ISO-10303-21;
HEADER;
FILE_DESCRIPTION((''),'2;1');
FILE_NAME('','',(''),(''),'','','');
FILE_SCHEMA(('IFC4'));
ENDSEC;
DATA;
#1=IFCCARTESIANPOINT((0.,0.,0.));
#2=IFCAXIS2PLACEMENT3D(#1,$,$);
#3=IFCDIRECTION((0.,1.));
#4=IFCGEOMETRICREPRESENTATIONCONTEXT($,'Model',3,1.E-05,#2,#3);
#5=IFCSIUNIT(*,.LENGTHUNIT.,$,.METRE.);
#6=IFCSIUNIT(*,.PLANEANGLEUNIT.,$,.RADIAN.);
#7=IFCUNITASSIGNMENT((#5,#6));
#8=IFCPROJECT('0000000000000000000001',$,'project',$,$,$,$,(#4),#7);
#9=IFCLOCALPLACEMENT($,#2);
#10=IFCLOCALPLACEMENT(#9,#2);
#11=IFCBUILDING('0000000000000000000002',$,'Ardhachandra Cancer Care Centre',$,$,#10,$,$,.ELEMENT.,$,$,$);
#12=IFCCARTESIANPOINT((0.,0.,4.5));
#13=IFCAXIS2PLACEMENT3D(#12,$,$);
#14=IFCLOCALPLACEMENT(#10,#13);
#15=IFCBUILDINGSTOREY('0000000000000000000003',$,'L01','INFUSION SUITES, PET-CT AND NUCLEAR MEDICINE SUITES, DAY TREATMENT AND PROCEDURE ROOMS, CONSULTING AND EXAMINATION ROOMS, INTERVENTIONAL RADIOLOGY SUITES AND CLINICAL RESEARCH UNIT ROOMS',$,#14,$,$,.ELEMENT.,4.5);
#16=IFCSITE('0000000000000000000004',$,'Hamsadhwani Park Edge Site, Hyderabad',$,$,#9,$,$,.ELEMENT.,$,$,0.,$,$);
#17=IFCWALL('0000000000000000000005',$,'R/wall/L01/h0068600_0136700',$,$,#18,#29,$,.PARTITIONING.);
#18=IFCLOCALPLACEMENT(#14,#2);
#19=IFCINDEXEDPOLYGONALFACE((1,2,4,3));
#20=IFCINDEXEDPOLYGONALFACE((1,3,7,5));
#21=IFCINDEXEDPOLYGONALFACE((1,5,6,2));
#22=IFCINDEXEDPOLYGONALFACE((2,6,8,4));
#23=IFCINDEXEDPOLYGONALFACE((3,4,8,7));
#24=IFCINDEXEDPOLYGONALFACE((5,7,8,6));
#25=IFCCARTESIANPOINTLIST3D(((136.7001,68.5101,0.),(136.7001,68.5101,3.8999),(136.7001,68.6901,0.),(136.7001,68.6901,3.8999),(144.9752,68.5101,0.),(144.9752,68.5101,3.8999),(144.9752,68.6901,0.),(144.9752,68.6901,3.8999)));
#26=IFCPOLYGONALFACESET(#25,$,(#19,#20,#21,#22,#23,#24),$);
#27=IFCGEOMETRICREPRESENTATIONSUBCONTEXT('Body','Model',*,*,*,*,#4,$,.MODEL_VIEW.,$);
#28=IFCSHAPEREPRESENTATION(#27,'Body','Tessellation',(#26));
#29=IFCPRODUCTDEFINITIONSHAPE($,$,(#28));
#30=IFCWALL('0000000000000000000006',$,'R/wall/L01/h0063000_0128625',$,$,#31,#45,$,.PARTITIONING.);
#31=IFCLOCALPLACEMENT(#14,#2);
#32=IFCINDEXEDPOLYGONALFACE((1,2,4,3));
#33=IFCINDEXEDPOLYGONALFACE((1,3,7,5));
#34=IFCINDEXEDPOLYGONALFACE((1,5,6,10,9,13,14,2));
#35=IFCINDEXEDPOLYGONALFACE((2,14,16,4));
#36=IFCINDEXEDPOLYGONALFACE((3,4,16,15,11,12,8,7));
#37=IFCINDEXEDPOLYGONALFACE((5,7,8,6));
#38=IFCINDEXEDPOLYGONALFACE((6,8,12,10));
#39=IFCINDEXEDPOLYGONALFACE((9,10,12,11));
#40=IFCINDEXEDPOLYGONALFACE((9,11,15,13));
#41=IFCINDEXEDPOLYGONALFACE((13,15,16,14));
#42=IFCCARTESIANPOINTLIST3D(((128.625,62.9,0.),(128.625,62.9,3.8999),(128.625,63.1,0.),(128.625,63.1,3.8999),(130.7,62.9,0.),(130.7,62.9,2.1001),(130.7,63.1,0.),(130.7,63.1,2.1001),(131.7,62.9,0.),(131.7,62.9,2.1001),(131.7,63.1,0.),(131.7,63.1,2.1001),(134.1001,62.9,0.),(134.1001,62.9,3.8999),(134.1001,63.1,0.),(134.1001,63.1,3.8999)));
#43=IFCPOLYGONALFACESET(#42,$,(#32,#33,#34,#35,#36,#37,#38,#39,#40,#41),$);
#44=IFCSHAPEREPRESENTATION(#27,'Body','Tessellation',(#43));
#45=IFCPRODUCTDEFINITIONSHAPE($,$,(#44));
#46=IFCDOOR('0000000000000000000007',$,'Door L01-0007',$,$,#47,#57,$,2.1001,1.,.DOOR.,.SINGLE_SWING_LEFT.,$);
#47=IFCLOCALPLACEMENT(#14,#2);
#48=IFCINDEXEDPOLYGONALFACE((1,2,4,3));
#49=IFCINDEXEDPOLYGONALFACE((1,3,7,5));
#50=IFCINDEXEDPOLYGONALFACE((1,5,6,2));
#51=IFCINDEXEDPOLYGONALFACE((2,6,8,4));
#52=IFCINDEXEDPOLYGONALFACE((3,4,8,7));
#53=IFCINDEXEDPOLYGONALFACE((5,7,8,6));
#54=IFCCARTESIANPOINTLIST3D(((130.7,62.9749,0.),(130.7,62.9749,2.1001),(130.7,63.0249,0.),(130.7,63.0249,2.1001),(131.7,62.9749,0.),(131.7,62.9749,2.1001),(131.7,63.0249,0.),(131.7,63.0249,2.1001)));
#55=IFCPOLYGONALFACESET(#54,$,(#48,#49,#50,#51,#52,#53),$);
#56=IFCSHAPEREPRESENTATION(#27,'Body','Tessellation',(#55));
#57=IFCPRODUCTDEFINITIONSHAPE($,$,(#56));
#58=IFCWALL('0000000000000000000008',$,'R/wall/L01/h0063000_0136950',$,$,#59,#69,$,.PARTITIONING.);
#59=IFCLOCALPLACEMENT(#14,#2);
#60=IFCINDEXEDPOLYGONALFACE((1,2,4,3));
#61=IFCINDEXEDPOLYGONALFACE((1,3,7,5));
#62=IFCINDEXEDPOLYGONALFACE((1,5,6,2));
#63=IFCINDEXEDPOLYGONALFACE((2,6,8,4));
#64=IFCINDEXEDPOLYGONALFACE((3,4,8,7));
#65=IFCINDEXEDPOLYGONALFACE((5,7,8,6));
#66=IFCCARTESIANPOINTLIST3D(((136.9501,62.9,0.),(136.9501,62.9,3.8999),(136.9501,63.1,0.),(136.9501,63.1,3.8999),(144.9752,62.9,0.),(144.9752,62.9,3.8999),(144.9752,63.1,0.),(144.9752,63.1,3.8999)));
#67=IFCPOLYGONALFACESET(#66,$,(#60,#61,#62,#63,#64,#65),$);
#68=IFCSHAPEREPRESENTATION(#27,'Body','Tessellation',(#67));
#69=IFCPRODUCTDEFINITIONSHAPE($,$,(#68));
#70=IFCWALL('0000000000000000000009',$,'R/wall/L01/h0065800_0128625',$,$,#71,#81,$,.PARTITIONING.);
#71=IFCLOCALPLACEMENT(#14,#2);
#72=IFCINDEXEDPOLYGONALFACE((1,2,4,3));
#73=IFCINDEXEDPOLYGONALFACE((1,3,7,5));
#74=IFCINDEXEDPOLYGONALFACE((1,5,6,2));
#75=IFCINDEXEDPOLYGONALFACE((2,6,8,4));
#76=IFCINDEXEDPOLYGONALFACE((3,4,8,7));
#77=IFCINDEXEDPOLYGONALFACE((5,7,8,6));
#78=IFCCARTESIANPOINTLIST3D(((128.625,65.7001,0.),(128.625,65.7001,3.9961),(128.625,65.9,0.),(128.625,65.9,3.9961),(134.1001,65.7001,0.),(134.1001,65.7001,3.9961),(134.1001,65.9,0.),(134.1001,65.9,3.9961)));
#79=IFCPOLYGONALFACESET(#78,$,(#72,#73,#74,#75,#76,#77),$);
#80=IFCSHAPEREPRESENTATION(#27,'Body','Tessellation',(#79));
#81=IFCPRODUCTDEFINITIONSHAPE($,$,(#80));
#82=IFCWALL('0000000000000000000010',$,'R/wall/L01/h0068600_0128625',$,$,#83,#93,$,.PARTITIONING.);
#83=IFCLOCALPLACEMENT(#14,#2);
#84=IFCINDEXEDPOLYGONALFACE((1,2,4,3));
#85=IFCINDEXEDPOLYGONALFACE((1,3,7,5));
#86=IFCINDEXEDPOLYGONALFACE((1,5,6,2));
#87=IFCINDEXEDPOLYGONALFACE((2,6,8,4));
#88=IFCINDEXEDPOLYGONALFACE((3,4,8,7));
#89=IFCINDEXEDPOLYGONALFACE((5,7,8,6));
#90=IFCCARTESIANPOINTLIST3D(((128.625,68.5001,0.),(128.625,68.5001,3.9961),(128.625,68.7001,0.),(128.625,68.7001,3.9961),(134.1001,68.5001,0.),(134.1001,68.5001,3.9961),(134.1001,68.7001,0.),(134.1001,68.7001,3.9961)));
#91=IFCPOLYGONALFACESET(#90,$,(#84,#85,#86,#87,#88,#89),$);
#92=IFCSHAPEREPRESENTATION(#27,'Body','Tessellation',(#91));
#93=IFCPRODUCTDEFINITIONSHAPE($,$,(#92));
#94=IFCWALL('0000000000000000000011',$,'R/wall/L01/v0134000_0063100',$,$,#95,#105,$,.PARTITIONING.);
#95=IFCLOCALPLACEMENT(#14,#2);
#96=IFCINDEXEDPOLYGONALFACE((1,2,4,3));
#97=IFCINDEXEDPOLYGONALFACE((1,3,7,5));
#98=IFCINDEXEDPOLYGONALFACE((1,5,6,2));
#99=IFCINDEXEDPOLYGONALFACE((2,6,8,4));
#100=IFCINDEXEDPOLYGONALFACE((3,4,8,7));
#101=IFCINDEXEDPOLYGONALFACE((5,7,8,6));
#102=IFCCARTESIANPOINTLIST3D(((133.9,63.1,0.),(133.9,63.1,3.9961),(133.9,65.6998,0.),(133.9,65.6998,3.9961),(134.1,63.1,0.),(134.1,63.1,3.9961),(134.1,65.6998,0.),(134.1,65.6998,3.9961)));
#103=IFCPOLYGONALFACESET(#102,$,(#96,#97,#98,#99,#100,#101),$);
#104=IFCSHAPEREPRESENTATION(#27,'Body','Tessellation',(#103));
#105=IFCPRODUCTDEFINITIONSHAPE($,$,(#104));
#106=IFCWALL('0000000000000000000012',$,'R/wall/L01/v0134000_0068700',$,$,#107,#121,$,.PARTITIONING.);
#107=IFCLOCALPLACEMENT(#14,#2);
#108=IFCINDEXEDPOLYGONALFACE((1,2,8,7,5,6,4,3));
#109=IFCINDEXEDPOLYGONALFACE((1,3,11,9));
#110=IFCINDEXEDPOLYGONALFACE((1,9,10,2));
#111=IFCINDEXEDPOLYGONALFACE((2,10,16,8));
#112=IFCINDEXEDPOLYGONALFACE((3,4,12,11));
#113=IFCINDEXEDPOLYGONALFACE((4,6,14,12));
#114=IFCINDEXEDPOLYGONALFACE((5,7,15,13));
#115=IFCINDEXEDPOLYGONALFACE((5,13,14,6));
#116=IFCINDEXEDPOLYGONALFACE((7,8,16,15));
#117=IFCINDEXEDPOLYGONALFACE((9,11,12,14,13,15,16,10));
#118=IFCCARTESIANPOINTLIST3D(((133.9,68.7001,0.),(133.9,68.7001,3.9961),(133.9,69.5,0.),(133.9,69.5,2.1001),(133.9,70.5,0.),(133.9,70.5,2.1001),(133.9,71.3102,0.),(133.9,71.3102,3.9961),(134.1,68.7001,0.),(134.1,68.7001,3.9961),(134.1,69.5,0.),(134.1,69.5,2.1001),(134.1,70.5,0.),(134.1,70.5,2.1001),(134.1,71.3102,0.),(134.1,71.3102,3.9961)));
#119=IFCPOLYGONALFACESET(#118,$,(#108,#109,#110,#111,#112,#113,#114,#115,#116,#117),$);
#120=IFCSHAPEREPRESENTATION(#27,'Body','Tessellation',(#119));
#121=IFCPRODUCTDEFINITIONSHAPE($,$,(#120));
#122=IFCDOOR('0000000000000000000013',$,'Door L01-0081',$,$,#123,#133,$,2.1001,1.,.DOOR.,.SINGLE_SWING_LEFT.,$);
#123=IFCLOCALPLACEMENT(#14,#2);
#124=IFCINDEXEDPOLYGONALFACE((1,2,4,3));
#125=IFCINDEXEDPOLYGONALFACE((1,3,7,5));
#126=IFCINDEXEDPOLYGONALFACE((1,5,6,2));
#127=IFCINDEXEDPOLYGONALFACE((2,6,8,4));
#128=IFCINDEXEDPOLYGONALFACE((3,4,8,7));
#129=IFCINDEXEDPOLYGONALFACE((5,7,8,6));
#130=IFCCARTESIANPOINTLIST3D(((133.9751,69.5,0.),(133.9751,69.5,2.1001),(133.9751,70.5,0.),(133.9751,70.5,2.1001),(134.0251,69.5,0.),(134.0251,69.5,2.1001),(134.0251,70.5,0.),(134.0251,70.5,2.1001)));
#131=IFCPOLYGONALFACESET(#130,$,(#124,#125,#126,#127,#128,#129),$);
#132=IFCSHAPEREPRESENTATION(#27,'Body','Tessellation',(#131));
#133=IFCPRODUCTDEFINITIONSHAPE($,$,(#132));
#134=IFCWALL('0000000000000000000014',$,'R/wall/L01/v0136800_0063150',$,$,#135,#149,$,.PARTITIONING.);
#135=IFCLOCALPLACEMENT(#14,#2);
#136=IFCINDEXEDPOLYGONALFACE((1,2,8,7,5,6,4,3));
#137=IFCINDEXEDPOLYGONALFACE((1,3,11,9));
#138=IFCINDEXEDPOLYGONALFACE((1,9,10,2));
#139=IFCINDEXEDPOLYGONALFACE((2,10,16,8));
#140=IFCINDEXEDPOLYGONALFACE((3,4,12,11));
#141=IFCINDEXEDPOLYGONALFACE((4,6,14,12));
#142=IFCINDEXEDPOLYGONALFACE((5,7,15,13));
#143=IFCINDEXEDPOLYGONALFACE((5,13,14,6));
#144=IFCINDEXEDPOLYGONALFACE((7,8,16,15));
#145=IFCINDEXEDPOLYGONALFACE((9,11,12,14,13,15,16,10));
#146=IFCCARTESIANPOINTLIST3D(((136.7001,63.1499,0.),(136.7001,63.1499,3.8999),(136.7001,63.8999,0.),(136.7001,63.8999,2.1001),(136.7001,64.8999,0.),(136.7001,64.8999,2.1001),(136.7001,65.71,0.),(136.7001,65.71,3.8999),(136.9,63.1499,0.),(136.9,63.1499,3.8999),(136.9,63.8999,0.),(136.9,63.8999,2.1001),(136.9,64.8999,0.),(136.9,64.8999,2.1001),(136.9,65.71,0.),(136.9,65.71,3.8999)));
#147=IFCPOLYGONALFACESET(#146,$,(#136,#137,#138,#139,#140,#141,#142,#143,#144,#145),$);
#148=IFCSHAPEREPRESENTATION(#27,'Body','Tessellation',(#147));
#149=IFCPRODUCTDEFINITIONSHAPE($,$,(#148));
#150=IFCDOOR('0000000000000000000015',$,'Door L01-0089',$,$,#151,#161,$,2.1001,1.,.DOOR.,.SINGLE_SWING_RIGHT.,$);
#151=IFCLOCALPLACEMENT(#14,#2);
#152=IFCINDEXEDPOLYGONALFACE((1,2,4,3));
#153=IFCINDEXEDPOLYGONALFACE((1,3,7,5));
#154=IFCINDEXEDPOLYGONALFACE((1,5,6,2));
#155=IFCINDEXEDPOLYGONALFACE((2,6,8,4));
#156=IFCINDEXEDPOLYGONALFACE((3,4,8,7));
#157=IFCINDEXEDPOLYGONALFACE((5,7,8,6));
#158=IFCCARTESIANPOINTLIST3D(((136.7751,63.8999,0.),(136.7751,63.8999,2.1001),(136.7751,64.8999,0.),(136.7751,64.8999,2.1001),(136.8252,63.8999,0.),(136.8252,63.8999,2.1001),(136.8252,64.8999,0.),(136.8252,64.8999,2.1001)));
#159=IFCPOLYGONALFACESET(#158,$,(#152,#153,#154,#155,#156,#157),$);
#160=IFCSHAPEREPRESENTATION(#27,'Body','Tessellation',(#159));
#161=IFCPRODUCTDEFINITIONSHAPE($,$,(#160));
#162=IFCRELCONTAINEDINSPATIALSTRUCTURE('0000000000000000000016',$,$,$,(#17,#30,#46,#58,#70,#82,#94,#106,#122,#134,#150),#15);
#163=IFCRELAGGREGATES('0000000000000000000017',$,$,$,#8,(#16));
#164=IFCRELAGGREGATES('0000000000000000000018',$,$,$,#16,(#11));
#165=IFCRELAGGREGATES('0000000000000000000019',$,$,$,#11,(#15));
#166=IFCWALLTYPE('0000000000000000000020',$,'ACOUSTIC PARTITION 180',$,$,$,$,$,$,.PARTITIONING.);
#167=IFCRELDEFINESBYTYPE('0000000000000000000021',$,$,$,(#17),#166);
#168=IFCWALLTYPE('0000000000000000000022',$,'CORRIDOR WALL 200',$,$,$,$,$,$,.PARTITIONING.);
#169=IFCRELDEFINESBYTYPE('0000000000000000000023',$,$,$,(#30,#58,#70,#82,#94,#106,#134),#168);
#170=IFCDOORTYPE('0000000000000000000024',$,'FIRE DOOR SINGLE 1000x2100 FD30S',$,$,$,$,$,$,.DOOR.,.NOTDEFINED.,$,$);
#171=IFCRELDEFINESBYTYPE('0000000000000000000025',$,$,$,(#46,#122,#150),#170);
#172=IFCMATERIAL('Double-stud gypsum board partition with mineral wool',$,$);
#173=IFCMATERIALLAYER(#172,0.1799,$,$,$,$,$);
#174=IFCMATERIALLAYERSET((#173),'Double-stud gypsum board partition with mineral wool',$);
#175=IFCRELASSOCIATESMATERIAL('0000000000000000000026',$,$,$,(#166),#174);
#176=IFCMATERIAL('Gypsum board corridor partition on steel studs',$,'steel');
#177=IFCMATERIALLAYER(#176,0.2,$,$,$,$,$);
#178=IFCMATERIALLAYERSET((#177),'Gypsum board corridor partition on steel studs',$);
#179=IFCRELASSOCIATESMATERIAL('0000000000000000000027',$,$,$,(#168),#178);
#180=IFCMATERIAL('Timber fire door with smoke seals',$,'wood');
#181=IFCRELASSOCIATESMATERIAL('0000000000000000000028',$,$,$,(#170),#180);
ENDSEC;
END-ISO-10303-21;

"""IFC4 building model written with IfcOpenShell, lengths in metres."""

from ifc_helpers import new_model, si_unit, direction, frame, frame_2d, origin, place, context, subcontext, project, spatial, rectangle, extrude, material, layer, layer_set, type_object, element, fill, save


model = new_model("IFC4")

# Units and contexts
model_context = context("Model", 3, precision=1e-05, world=origin(), true_north=direction((0.0, 1.0)))
body_context = subcontext(model_context, "Body", "Model", "MODEL_VIEW")
ifc_project = project(units=[si_unit("LENGTHUNIT", "METRE"), si_unit("PLANEANGLEUNIT", "RADIAN")], contexts=[model_context])

# Site, building, storey
site_placement = place(None, origin())
site = spatial("IfcSite", under=ifc_project, at=site_placement, Name="Hamsadhwani Park Edge Site, Hyderabad", CompositionType="ELEMENT", RefElevation=0.0)
building_placement = place(site_placement, origin())
building = spatial("IfcBuilding", under=site, at=building_placement, Name="Ardhachandra Cancer Care Centre", CompositionType="ELEMENT")
storey_placement = place(building_placement, frame((0.0, 0.0, 4.5)))
storey = spatial("IfcBuildingStorey", under=building, at=storey_placement, Name="L01", Description="INFUSION SUITES, PET-CT AND NUCLEAR MEDICINE SUITES, DAY TREATMENT AND PROCEDURE ROOMS, CONSULTING AND EXAMINATION ROOMS, INTERVENTIONAL RADIOLOGY SUITES AND CLINICAL RESEARCH UNIT ROOMS", CompositionType="ELEMENT", Elevation=4.5)

# Wall
ifc_material_1 = material(Name="Double-stud gypsum board partition with mineral wool")
ifc_layer_1 = layer(ifc_material_1, 0.1799)
ifc_layer_set_1 = layer_set([ifc_layer_1], Name="Double-stud gypsum board partition with mineral wool")
wall_type_1 = type_object("IfcWallType", Name="ACOUSTIC PARTITION 180", PredefinedType="PARTITIONING", material=ifc_layer_set_1)
for number, where, z_axis, x_axis, name in (
    (1, (136.7, 68.6001, 0.0), (0.0, 0.0, 1.0), (1.0, 0.0, 0.0), "R/wall/L01/h0068600_0136700"),
):
    element("IfcWall", number, at=place(storey_placement, frame(where, z_axis=z_axis, x_axis=x_axis)), inside=storey, type_object=wall_type_1, Name=name, PredefinedType="PARTITIONING", context=body_context, shape_type="SweptSolid", body=[
        extrude(rectangle(XDim=8.2751, YDim=0.1799, at=frame_2d((4.1377, 0.0))), origin(), (0.0, 0.0, 1.0), 3.8999),
    ])

# Wall, opening, door
ifc_material_2 = material(Name="Gypsum board corridor partition on steel studs", Category="steel")
ifc_layer_2 = layer(ifc_material_2, 0.2)
ifc_layer_set_2 = layer_set([ifc_layer_2], Name="Gypsum board corridor partition on steel studs")
wall_type_2 = type_object("IfcWallType", Name="CORRIDOR WALL 200", PredefinedType="PARTITIONING", material=ifc_layer_set_2)
wall_1_placement = place(storey_placement, frame((128.625, 63.0, 0.0), z_axis=(0.0, 0.0, 1.0), x_axis=(1.0, 0.0, 0.0)))
wall_1 = element("IfcWall", 2, at=wall_1_placement, inside=storey, type_object=wall_type_2, Name="R/wall/L01/h0063000_0128625", PredefinedType="PARTITIONING", context=body_context, shape_type="SweptSolid", body=[
    extrude(rectangle(XDim=5.4751, YDim=0.2, at=frame_2d((2.7375, 0.0))), origin(), (0.0, 0.0, 1.0), 3.8999),
])
opening_1_placement = place(wall_1_placement, frame((2.075, 0.0, 0.0)))
opening_1 = element("IfcOpeningElement", 3, at=opening_1_placement, cuts=wall_1, PredefinedType="OPENING", context=body_context, shape_type="SweptSolid", body=[
    extrude(rectangle(XDim=1.0, YDim=2.1001, at=frame_2d((0.5, 1.05))), frame((0.0, 0.1099, 0.0), z_axis=(0.0, -1.0, 0.0), x_axis=(1.0, 0.0, 0.0)), (0.0, 0.0, 1.0), 0.22),
])
ifc_material_3 = material(Name="Timber fire door with smoke seals", Category="wood")
door_type = type_object("IfcDoorType", Name="FIRE DOOR SINGLE 1000x2100 FD30S", OperationType="NOTDEFINED", PredefinedType="DOOR", material=ifc_material_3)
door_1_placement = place(opening_1_placement, origin())
door_1 = element("IfcDoor", 4, at=door_1_placement, inside=storey, type_object=door_type, Name="Door L01-0007", OperationType="SINGLE_SWING_LEFT", OverallHeight=2.1001, OverallWidth=1.0, PredefinedType="DOOR", context=body_context, shape_type="SweptSolid", body=[
    extrude(rectangle(XDim=1.0, YDim=2.1001, at=frame_2d((0.5, 1.05))), frame((0.0, 0.0249, 0.0), z_axis=(0.0, -1.0, 0.0), x_axis=(1.0, 0.0, 0.0)), (0.0, 0.0, 1.0), 0.05),
])
fill(opening_1, door_1)

# Walls
wall_2_placement = place(storey_placement, frame((136.95, 63.0, 0.0), z_axis=(0.0, 0.0, 1.0), x_axis=(1.0, 0.0, 0.0)))
element("IfcWall", 5, at=wall_2_placement, inside=storey, type_object=wall_type_2, Name="R/wall/L01/h0063000_0136950", PredefinedType="PARTITIONING", context=body_context, shape_type="SweptSolid", body=[
    extrude(rectangle(XDim=8.0251, YDim=0.2, at=frame_2d((4.0127, 0.0))), origin(), (0.0, 0.0, 1.0), 3.8999),
])
for number, where, z_axis, x_axis, name in (
    (6, (128.625, 65.8, 0.0), (0.0, 0.0, 1.0), (1.0, 0.0, 0.0), "R/wall/L01/h0065800_0128625"),
    (7, (128.625, 68.6001, 0.0), (0.0, 0.0, 1.0), (1.0, 0.0, 0.0), "R/wall/L01/h0068600_0128625"),
):
    element("IfcWall", number, at=place(storey_placement, frame(where, z_axis=z_axis, x_axis=x_axis)), inside=storey, type_object=wall_type_2, Name=name, PredefinedType="PARTITIONING", context=body_context, shape_type="SweptSolid", body=[
        extrude(rectangle(XDim=5.4751, YDim=0.2, at=frame_2d((2.7375, 0.0))), origin(), (0.0, 0.0, 1.0), 3.9961),
    ])
wall_3_placement = place(storey_placement, frame((134.0, 63.1001, 0.0), z_axis=(0.0, 0.0, 1.0), x_axis=(0.0, 1.0, 0.0)))
element("IfcWall", 8, at=wall_3_placement, inside=storey, type_object=wall_type_2, Name="R/wall/L01/v0134000_0063100", PredefinedType="PARTITIONING", context=body_context, shape_type="SweptSolid", body=[
    extrude(rectangle(XDim=2.5999, YDim=0.2, at=frame_2d((1.2998, 0.0))), origin(), (0.0, 0.0, 1.0), 3.9961),
])

# Walls, openings, doors
wall_4_placement = place(storey_placement, frame((134.0, 68.7, 0.0), z_axis=(0.0, 0.0, 1.0), x_axis=(0.0, 1.0, 0.0)))
wall_4 = element("IfcWall", 9, at=wall_4_placement, inside=storey, type_object=wall_type_2, Name="R/wall/L01/v0134000_0068700", PredefinedType="PARTITIONING", context=body_context, shape_type="SweptSolid", body=[
    extrude(rectangle(XDim=2.6101, YDim=0.2, at=frame_2d((1.3052, 0.0))), origin(), (0.0, 0.0, 1.0), 3.9961),
])
opening_2_placement = place(wall_4_placement, frame((0.8, 0.0, 0.0)))
opening_2 = element("IfcOpeningElement", 10, at=opening_2_placement, cuts=wall_4, PredefinedType="OPENING", context=body_context, shape_type="SweptSolid", body=[
    extrude(rectangle(XDim=1.0, YDim=2.1001, at=frame_2d((0.5, 1.05))), frame((0.0, 0.1099, 0.0), z_axis=(0.0, -1.0, 0.0), x_axis=(1.0, 0.0, 0.0)), (0.0, 0.0, 1.0), 0.22),
])
door_2_placement = place(opening_2_placement, origin())
door_2 = element("IfcDoor", 11, at=door_2_placement, inside=storey, type_object=door_type, Name="Door L01-0081", OperationType="SINGLE_SWING_LEFT", OverallHeight=2.1001, OverallWidth=1.0, PredefinedType="DOOR", context=body_context, shape_type="SweptSolid", body=[
    extrude(rectangle(XDim=1.0, YDim=2.1001, at=frame_2d((0.5, 1.05))), frame((0.0, 0.0249, 0.0), z_axis=(0.0, -1.0, 0.0), x_axis=(1.0, 0.0, 0.0)), (0.0, 0.0, 1.0), 0.05),
])
fill(opening_2, door_2)
wall_5_placement = place(storey_placement, frame((136.8, 63.1499, 0.0), z_axis=(0.0, 0.0, 1.0), x_axis=(0.0, 1.0, 0.0)))
wall_5 = element("IfcWall", 12, at=wall_5_placement, inside=storey, type_object=wall_type_2, Name="R/wall/L01/v0136800_0063150", PredefinedType="PARTITIONING", context=body_context, shape_type="SweptSolid", body=[
    extrude(rectangle(XDim=2.5601, YDim=0.2, at=frame_2d((1.28, 0.0))), origin(), (0.0, 0.0, 1.0), 3.8999),
])
opening_3_placement = place(wall_5_placement, frame((0.75, 0.0, 0.0)))
opening_3 = element("IfcOpeningElement", 13, at=opening_3_placement, cuts=wall_5, PredefinedType="OPENING", context=body_context, shape_type="SweptSolid", body=[
    extrude(rectangle(XDim=1.0, YDim=2.1001, at=frame_2d((0.5, 1.05))), frame((0.0, 0.1099, 0.0), z_axis=(0.0, -1.0, 0.0), x_axis=(1.0, 0.0, 0.0)), (0.0, 0.0, 1.0), 0.22),
])
door_3_placement = place(opening_3_placement, origin())
door_3 = element("IfcDoor", 14, at=door_3_placement, inside=storey, type_object=door_type, Name="Door L01-0089", OperationType="SINGLE_SWING_RIGHT", OverallHeight=2.1001, OverallWidth=1.0, PredefinedType="DOOR", context=body_context, shape_type="SweptSolid", body=[
    extrude(rectangle(XDim=1.0, YDim=2.1001, at=frame_2d((0.5, 1.05))), frame((0.0, 0.0249, 0.0), z_axis=(0.0, -1.0, 0.0), x_axis=(1.0, 0.0, 0.0)), (0.0, 0.0, 1.0), 0.05),
])
fill(opening_3, door_3)

save(model, "model.ifc")
